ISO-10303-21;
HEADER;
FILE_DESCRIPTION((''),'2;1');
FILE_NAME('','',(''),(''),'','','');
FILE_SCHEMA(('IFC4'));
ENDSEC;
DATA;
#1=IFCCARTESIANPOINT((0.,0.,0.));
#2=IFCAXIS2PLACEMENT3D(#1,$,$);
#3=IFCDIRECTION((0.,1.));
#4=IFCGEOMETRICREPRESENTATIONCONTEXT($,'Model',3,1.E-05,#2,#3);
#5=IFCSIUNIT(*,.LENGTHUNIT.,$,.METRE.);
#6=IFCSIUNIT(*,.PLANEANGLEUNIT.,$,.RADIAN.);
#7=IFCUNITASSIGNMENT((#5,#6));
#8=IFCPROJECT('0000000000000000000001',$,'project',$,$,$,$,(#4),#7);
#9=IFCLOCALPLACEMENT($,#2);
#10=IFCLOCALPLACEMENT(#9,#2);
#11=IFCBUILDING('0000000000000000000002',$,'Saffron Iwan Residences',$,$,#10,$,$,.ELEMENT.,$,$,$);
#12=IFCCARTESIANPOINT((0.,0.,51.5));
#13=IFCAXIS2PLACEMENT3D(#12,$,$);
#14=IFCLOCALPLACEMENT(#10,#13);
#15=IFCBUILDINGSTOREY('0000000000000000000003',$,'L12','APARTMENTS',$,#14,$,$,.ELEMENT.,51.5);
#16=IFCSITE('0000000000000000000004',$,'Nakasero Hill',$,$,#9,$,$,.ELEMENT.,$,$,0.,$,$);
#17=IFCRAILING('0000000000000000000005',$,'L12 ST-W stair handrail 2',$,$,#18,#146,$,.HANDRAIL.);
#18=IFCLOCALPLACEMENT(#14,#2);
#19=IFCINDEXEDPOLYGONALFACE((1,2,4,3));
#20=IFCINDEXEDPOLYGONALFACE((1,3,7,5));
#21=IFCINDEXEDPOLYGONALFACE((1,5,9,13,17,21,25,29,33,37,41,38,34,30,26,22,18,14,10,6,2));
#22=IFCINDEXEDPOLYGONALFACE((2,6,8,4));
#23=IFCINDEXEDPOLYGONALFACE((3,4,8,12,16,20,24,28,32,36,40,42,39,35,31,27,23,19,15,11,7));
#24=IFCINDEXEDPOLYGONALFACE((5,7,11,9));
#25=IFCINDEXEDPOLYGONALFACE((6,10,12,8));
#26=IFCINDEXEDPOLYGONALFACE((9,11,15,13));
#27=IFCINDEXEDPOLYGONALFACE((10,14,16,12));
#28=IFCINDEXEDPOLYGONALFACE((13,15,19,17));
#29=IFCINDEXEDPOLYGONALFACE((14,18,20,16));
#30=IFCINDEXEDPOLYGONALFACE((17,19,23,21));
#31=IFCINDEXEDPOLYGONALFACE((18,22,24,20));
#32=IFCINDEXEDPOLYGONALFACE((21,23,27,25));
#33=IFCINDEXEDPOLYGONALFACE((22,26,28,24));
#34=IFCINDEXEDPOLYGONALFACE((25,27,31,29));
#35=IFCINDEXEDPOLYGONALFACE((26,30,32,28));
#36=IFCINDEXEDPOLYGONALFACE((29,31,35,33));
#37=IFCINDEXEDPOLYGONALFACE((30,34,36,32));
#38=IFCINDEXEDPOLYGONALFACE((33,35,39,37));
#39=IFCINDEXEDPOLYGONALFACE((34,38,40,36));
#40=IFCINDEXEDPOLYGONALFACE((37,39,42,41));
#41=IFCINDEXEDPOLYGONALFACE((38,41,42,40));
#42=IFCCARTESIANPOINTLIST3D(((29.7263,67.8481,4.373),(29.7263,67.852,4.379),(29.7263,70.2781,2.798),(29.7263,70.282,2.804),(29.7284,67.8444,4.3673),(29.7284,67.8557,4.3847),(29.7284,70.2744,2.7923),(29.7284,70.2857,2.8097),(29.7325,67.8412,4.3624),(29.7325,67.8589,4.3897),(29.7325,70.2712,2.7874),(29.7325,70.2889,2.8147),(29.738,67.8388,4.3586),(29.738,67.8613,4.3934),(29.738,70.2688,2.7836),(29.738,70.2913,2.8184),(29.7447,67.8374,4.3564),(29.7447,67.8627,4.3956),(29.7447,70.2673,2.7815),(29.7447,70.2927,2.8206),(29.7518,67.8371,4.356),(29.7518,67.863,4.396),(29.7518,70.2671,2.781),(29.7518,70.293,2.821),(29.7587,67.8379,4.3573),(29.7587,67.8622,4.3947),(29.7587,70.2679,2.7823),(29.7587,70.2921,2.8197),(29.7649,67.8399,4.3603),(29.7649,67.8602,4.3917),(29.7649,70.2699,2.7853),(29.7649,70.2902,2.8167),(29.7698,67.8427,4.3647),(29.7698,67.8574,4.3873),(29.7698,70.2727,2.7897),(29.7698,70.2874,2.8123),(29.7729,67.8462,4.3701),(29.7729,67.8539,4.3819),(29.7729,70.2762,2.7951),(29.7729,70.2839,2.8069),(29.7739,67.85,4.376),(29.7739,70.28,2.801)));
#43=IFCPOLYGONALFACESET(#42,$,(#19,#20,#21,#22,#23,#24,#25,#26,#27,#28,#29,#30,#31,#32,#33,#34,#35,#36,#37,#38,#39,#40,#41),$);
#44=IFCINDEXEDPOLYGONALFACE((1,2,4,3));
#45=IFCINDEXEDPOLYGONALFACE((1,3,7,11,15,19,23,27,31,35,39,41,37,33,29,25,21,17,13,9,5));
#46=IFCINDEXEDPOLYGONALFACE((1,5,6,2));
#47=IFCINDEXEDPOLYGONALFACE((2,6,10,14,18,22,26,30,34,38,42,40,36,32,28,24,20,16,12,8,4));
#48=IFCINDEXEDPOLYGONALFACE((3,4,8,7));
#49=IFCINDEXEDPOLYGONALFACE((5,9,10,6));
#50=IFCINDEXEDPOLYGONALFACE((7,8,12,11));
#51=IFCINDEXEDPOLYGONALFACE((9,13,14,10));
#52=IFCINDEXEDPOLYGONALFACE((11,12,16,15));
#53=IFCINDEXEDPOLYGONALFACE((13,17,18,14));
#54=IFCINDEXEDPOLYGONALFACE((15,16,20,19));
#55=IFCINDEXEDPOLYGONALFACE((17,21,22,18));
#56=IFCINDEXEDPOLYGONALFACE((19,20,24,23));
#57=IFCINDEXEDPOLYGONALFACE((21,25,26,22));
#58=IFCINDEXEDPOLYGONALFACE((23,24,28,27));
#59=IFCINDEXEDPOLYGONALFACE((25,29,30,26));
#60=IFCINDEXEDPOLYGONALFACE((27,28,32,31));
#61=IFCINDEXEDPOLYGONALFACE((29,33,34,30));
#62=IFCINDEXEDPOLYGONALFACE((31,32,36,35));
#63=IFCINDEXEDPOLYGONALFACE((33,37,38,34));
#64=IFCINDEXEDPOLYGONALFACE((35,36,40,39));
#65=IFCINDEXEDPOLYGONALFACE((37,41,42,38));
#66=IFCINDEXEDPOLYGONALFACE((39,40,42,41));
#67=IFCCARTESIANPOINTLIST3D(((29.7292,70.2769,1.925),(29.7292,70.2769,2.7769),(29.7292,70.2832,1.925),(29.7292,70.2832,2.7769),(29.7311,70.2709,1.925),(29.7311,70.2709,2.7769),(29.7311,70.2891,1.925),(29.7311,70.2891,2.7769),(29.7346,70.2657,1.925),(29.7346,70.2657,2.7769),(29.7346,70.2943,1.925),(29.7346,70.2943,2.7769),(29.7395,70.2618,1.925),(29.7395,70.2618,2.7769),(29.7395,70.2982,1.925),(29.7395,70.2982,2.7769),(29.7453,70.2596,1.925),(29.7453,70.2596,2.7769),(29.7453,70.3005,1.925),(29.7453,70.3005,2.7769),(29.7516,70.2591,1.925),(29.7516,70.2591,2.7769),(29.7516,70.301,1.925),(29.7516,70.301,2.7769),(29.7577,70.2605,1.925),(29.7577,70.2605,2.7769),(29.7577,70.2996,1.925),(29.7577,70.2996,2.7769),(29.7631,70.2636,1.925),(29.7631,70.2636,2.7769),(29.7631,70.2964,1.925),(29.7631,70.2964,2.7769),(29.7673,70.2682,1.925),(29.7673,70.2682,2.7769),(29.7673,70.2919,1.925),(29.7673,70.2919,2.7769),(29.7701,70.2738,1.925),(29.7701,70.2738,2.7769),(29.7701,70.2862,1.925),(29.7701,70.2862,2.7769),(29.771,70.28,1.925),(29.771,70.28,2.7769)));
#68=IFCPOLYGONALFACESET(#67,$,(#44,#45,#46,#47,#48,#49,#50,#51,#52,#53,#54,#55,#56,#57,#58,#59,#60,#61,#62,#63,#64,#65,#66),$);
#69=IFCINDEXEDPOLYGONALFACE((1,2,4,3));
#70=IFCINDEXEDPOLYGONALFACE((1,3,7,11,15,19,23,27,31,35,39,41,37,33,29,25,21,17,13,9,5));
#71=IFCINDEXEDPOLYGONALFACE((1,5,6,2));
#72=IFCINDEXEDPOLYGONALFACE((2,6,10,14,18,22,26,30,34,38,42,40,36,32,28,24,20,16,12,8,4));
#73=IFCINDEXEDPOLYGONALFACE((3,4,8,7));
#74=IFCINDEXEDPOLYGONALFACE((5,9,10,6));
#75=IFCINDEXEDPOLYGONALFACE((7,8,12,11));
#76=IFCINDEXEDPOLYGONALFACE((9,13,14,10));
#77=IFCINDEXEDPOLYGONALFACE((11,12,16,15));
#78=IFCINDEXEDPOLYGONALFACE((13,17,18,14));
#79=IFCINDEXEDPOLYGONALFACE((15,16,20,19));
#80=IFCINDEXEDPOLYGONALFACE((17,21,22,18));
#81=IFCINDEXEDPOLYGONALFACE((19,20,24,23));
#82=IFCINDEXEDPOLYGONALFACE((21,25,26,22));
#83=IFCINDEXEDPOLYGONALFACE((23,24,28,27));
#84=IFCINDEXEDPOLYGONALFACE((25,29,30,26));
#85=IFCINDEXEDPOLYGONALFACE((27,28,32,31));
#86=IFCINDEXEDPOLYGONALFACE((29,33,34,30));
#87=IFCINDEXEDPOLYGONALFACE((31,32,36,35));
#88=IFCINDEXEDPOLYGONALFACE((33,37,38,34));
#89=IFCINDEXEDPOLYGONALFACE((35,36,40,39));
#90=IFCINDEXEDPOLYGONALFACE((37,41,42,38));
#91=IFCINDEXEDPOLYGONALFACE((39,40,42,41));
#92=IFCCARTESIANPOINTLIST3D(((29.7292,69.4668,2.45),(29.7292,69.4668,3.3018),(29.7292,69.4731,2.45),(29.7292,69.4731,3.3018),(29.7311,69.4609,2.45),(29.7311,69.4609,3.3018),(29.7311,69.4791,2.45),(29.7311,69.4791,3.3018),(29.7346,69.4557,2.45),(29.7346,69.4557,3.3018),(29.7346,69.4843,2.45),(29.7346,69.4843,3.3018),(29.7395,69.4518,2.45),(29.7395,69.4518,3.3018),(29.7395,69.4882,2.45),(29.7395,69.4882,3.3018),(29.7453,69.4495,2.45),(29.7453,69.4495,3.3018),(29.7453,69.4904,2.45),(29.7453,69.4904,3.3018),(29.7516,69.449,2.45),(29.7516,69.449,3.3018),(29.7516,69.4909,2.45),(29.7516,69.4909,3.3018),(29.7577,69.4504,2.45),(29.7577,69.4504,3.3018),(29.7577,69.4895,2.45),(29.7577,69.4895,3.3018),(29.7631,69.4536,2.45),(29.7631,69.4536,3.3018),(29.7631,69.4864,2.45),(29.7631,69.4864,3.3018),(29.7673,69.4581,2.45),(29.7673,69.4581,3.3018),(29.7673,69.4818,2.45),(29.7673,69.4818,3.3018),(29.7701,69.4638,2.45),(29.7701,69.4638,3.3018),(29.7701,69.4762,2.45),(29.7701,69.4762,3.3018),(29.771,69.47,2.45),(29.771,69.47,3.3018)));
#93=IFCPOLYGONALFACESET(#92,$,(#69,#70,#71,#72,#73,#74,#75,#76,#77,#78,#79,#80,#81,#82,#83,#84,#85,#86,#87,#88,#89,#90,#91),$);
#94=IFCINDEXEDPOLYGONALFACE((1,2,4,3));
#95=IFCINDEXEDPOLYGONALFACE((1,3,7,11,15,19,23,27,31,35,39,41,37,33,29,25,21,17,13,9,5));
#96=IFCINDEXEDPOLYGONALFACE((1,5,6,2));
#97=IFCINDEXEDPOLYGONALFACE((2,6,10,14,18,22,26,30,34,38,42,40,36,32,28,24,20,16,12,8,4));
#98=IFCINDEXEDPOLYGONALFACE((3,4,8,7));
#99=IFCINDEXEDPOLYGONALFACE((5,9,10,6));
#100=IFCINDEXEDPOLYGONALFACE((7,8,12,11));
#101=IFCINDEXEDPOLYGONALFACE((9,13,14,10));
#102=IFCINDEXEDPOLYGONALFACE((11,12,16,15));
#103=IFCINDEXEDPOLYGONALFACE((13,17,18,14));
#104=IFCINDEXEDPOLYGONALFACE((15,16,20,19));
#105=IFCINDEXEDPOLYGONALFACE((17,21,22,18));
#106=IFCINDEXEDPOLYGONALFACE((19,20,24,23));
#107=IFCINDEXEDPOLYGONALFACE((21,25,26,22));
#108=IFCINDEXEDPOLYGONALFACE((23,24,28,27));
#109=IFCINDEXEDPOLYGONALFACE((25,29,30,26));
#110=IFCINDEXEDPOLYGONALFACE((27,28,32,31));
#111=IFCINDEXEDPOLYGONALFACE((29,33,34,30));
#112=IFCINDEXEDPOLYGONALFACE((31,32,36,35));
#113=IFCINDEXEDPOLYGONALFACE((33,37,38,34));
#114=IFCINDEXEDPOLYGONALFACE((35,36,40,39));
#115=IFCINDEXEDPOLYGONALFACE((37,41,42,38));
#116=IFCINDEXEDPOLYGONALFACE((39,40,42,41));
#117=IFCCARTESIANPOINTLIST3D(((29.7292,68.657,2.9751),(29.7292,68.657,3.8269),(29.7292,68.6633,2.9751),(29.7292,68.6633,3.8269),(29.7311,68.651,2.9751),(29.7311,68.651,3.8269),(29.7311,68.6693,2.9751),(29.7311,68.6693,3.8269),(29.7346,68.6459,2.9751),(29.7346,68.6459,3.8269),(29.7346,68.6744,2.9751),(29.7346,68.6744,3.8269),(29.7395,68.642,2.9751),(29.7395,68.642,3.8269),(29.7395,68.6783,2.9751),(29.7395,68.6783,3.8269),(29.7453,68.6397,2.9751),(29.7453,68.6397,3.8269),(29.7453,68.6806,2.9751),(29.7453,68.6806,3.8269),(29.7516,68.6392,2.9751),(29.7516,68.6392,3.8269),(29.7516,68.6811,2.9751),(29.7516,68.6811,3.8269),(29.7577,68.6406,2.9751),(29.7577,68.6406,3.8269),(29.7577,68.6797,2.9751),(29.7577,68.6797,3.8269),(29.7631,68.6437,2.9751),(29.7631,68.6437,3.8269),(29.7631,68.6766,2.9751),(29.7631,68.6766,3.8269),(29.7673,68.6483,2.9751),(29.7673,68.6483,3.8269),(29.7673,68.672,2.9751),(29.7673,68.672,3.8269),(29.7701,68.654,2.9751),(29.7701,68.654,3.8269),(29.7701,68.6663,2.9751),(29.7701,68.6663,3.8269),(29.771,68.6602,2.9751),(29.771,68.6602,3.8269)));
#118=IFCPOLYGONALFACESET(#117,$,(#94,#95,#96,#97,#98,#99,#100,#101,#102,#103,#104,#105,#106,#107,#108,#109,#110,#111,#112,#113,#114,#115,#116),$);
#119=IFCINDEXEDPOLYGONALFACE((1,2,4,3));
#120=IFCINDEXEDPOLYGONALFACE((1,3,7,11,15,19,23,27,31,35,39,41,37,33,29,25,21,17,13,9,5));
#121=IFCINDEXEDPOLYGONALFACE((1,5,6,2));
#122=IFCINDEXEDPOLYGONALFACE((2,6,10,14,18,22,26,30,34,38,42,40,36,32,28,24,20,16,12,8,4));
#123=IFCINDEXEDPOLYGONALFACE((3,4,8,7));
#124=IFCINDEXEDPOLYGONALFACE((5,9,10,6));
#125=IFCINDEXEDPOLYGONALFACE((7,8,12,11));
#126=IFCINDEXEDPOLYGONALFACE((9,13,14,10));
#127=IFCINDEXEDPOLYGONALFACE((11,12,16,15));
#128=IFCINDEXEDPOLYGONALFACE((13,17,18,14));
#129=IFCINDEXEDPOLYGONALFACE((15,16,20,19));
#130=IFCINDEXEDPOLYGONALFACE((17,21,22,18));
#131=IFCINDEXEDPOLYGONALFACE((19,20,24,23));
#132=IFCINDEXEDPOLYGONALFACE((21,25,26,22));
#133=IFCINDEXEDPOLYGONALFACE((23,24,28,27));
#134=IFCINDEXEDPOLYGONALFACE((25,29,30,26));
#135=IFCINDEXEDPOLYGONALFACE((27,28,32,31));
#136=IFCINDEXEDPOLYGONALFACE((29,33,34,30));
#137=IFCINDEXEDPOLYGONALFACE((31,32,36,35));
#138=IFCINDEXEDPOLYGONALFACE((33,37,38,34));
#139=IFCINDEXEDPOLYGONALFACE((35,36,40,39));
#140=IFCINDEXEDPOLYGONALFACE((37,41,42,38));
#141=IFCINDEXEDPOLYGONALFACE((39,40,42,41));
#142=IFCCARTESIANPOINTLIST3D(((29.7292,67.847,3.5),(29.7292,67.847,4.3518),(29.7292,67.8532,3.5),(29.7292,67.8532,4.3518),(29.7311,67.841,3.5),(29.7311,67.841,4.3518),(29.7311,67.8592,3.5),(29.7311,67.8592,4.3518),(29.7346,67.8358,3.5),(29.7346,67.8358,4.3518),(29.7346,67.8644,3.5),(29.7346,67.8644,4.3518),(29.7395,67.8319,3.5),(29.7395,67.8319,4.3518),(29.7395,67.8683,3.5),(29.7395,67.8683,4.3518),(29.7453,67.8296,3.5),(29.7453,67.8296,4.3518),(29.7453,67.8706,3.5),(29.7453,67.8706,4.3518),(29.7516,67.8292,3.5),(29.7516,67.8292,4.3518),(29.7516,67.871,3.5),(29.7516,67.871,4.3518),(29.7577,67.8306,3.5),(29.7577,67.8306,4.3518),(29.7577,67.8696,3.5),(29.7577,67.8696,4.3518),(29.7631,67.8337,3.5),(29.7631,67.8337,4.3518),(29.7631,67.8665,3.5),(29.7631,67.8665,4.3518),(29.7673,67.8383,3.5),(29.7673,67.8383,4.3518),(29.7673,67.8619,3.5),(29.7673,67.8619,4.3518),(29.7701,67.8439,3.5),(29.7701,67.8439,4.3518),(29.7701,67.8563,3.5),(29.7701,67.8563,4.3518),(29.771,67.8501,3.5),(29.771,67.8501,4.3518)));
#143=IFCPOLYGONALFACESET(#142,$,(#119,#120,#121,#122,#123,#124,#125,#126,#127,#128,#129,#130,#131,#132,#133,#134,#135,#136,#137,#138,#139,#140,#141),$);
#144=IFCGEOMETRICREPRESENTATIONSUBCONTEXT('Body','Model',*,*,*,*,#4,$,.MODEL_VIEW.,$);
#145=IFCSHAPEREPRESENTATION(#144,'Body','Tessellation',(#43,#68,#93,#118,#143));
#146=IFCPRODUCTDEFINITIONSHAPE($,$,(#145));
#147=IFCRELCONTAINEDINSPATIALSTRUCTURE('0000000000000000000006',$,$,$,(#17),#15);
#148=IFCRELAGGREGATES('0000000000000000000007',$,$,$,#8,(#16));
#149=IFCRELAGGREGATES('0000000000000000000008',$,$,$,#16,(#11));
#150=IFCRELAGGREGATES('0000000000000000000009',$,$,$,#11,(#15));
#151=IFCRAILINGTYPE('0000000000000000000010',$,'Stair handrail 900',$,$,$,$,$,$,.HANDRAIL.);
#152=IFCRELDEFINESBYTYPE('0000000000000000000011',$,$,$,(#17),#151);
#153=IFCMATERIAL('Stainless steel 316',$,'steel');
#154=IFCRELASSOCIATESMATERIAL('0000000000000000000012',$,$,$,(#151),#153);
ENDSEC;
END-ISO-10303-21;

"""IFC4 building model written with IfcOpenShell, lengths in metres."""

from ifc_helpers import new_model, si_unit, direction, frame, origin, origin_2d, place, context, subcontext, project, spatial, circle, extrude, material, type_object, element, save


model = new_model("IFC4")

# Units and contexts
model_context = context("Model", 3, precision=1e-05, world=origin(), true_north=direction((0.0, 1.0)))
body_context = subcontext(model_context, "Body", "Model", "MODEL_VIEW")
ifc_project = project(units=[si_unit("LENGTHUNIT", "METRE"), si_unit("PLANEANGLEUNIT", "RADIAN")], contexts=[model_context])

# Site, building, storey
site_placement = place(None, origin())
site = spatial("IfcSite", under=ifc_project, at=site_placement, Name="Nakasero Hill", CompositionType="ELEMENT", RefElevation=0.0)
building_placement = place(site_placement, origin())
building = spatial("IfcBuilding", under=site, at=building_placement, Name="Saffron Iwan Residences", CompositionType="ELEMENT")
storey_placement = place(building_placement, frame((0.0, 0.0, 51.5)))
storey = spatial("IfcBuildingStorey", under=building, at=storey_placement, Name="L12", Description="APARTMENTS", CompositionType="ELEMENT", Elevation=51.5)

# Railing
ifc_material_1 = material(Name="Stainless steel 316", Category="steel")
railing_type_1 = type_object("IfcRailingType", Name="Stair handrail 900", PredefinedType="HANDRAIL", material=ifc_material_1)
railing_1_placement = place(storey_placement, frame((29.75, 70.28, 1.925)))
element("IfcRailing", 1, at=railing_1_placement, inside=storey, type_object=railing_type_1, Name="L12 ST-W stair handrail 2", PredefinedType="HANDRAIL", context=body_context, shape_type="SweptSolid", body=[
    extrude(circle(Radius=0.0239, at=origin_2d()), frame((0.0, 0.0, 0.876), z_axis=(0.0, -0.839154, 0.543894), x_axis=(1.0, 0.0, 0.0)), (0.0, 0.0, 1.0), 2.8958),
    extrude(circle(Radius=0.021, at=origin_2d()), origin(), (0.0, 0.0, 1.0), 0.8518),
    extrude(circle(Radius=0.021, at=origin_2d()), frame((0.0, -0.8101, 0.5249)), (0.0, 0.0, 1.0), 0.8518),
    extrude(circle(Radius=0.021, at=origin_2d()), frame((0.0, -1.6199, 1.05)), (0.0, 0.0, 1.0), 0.8518),
    extrude(circle(Radius=0.021, at=origin_2d()), frame((0.0, -2.4299, 1.575)), (0.0, 0.0, 1.0), 0.8518),
])

save(model, "model.ifc")
